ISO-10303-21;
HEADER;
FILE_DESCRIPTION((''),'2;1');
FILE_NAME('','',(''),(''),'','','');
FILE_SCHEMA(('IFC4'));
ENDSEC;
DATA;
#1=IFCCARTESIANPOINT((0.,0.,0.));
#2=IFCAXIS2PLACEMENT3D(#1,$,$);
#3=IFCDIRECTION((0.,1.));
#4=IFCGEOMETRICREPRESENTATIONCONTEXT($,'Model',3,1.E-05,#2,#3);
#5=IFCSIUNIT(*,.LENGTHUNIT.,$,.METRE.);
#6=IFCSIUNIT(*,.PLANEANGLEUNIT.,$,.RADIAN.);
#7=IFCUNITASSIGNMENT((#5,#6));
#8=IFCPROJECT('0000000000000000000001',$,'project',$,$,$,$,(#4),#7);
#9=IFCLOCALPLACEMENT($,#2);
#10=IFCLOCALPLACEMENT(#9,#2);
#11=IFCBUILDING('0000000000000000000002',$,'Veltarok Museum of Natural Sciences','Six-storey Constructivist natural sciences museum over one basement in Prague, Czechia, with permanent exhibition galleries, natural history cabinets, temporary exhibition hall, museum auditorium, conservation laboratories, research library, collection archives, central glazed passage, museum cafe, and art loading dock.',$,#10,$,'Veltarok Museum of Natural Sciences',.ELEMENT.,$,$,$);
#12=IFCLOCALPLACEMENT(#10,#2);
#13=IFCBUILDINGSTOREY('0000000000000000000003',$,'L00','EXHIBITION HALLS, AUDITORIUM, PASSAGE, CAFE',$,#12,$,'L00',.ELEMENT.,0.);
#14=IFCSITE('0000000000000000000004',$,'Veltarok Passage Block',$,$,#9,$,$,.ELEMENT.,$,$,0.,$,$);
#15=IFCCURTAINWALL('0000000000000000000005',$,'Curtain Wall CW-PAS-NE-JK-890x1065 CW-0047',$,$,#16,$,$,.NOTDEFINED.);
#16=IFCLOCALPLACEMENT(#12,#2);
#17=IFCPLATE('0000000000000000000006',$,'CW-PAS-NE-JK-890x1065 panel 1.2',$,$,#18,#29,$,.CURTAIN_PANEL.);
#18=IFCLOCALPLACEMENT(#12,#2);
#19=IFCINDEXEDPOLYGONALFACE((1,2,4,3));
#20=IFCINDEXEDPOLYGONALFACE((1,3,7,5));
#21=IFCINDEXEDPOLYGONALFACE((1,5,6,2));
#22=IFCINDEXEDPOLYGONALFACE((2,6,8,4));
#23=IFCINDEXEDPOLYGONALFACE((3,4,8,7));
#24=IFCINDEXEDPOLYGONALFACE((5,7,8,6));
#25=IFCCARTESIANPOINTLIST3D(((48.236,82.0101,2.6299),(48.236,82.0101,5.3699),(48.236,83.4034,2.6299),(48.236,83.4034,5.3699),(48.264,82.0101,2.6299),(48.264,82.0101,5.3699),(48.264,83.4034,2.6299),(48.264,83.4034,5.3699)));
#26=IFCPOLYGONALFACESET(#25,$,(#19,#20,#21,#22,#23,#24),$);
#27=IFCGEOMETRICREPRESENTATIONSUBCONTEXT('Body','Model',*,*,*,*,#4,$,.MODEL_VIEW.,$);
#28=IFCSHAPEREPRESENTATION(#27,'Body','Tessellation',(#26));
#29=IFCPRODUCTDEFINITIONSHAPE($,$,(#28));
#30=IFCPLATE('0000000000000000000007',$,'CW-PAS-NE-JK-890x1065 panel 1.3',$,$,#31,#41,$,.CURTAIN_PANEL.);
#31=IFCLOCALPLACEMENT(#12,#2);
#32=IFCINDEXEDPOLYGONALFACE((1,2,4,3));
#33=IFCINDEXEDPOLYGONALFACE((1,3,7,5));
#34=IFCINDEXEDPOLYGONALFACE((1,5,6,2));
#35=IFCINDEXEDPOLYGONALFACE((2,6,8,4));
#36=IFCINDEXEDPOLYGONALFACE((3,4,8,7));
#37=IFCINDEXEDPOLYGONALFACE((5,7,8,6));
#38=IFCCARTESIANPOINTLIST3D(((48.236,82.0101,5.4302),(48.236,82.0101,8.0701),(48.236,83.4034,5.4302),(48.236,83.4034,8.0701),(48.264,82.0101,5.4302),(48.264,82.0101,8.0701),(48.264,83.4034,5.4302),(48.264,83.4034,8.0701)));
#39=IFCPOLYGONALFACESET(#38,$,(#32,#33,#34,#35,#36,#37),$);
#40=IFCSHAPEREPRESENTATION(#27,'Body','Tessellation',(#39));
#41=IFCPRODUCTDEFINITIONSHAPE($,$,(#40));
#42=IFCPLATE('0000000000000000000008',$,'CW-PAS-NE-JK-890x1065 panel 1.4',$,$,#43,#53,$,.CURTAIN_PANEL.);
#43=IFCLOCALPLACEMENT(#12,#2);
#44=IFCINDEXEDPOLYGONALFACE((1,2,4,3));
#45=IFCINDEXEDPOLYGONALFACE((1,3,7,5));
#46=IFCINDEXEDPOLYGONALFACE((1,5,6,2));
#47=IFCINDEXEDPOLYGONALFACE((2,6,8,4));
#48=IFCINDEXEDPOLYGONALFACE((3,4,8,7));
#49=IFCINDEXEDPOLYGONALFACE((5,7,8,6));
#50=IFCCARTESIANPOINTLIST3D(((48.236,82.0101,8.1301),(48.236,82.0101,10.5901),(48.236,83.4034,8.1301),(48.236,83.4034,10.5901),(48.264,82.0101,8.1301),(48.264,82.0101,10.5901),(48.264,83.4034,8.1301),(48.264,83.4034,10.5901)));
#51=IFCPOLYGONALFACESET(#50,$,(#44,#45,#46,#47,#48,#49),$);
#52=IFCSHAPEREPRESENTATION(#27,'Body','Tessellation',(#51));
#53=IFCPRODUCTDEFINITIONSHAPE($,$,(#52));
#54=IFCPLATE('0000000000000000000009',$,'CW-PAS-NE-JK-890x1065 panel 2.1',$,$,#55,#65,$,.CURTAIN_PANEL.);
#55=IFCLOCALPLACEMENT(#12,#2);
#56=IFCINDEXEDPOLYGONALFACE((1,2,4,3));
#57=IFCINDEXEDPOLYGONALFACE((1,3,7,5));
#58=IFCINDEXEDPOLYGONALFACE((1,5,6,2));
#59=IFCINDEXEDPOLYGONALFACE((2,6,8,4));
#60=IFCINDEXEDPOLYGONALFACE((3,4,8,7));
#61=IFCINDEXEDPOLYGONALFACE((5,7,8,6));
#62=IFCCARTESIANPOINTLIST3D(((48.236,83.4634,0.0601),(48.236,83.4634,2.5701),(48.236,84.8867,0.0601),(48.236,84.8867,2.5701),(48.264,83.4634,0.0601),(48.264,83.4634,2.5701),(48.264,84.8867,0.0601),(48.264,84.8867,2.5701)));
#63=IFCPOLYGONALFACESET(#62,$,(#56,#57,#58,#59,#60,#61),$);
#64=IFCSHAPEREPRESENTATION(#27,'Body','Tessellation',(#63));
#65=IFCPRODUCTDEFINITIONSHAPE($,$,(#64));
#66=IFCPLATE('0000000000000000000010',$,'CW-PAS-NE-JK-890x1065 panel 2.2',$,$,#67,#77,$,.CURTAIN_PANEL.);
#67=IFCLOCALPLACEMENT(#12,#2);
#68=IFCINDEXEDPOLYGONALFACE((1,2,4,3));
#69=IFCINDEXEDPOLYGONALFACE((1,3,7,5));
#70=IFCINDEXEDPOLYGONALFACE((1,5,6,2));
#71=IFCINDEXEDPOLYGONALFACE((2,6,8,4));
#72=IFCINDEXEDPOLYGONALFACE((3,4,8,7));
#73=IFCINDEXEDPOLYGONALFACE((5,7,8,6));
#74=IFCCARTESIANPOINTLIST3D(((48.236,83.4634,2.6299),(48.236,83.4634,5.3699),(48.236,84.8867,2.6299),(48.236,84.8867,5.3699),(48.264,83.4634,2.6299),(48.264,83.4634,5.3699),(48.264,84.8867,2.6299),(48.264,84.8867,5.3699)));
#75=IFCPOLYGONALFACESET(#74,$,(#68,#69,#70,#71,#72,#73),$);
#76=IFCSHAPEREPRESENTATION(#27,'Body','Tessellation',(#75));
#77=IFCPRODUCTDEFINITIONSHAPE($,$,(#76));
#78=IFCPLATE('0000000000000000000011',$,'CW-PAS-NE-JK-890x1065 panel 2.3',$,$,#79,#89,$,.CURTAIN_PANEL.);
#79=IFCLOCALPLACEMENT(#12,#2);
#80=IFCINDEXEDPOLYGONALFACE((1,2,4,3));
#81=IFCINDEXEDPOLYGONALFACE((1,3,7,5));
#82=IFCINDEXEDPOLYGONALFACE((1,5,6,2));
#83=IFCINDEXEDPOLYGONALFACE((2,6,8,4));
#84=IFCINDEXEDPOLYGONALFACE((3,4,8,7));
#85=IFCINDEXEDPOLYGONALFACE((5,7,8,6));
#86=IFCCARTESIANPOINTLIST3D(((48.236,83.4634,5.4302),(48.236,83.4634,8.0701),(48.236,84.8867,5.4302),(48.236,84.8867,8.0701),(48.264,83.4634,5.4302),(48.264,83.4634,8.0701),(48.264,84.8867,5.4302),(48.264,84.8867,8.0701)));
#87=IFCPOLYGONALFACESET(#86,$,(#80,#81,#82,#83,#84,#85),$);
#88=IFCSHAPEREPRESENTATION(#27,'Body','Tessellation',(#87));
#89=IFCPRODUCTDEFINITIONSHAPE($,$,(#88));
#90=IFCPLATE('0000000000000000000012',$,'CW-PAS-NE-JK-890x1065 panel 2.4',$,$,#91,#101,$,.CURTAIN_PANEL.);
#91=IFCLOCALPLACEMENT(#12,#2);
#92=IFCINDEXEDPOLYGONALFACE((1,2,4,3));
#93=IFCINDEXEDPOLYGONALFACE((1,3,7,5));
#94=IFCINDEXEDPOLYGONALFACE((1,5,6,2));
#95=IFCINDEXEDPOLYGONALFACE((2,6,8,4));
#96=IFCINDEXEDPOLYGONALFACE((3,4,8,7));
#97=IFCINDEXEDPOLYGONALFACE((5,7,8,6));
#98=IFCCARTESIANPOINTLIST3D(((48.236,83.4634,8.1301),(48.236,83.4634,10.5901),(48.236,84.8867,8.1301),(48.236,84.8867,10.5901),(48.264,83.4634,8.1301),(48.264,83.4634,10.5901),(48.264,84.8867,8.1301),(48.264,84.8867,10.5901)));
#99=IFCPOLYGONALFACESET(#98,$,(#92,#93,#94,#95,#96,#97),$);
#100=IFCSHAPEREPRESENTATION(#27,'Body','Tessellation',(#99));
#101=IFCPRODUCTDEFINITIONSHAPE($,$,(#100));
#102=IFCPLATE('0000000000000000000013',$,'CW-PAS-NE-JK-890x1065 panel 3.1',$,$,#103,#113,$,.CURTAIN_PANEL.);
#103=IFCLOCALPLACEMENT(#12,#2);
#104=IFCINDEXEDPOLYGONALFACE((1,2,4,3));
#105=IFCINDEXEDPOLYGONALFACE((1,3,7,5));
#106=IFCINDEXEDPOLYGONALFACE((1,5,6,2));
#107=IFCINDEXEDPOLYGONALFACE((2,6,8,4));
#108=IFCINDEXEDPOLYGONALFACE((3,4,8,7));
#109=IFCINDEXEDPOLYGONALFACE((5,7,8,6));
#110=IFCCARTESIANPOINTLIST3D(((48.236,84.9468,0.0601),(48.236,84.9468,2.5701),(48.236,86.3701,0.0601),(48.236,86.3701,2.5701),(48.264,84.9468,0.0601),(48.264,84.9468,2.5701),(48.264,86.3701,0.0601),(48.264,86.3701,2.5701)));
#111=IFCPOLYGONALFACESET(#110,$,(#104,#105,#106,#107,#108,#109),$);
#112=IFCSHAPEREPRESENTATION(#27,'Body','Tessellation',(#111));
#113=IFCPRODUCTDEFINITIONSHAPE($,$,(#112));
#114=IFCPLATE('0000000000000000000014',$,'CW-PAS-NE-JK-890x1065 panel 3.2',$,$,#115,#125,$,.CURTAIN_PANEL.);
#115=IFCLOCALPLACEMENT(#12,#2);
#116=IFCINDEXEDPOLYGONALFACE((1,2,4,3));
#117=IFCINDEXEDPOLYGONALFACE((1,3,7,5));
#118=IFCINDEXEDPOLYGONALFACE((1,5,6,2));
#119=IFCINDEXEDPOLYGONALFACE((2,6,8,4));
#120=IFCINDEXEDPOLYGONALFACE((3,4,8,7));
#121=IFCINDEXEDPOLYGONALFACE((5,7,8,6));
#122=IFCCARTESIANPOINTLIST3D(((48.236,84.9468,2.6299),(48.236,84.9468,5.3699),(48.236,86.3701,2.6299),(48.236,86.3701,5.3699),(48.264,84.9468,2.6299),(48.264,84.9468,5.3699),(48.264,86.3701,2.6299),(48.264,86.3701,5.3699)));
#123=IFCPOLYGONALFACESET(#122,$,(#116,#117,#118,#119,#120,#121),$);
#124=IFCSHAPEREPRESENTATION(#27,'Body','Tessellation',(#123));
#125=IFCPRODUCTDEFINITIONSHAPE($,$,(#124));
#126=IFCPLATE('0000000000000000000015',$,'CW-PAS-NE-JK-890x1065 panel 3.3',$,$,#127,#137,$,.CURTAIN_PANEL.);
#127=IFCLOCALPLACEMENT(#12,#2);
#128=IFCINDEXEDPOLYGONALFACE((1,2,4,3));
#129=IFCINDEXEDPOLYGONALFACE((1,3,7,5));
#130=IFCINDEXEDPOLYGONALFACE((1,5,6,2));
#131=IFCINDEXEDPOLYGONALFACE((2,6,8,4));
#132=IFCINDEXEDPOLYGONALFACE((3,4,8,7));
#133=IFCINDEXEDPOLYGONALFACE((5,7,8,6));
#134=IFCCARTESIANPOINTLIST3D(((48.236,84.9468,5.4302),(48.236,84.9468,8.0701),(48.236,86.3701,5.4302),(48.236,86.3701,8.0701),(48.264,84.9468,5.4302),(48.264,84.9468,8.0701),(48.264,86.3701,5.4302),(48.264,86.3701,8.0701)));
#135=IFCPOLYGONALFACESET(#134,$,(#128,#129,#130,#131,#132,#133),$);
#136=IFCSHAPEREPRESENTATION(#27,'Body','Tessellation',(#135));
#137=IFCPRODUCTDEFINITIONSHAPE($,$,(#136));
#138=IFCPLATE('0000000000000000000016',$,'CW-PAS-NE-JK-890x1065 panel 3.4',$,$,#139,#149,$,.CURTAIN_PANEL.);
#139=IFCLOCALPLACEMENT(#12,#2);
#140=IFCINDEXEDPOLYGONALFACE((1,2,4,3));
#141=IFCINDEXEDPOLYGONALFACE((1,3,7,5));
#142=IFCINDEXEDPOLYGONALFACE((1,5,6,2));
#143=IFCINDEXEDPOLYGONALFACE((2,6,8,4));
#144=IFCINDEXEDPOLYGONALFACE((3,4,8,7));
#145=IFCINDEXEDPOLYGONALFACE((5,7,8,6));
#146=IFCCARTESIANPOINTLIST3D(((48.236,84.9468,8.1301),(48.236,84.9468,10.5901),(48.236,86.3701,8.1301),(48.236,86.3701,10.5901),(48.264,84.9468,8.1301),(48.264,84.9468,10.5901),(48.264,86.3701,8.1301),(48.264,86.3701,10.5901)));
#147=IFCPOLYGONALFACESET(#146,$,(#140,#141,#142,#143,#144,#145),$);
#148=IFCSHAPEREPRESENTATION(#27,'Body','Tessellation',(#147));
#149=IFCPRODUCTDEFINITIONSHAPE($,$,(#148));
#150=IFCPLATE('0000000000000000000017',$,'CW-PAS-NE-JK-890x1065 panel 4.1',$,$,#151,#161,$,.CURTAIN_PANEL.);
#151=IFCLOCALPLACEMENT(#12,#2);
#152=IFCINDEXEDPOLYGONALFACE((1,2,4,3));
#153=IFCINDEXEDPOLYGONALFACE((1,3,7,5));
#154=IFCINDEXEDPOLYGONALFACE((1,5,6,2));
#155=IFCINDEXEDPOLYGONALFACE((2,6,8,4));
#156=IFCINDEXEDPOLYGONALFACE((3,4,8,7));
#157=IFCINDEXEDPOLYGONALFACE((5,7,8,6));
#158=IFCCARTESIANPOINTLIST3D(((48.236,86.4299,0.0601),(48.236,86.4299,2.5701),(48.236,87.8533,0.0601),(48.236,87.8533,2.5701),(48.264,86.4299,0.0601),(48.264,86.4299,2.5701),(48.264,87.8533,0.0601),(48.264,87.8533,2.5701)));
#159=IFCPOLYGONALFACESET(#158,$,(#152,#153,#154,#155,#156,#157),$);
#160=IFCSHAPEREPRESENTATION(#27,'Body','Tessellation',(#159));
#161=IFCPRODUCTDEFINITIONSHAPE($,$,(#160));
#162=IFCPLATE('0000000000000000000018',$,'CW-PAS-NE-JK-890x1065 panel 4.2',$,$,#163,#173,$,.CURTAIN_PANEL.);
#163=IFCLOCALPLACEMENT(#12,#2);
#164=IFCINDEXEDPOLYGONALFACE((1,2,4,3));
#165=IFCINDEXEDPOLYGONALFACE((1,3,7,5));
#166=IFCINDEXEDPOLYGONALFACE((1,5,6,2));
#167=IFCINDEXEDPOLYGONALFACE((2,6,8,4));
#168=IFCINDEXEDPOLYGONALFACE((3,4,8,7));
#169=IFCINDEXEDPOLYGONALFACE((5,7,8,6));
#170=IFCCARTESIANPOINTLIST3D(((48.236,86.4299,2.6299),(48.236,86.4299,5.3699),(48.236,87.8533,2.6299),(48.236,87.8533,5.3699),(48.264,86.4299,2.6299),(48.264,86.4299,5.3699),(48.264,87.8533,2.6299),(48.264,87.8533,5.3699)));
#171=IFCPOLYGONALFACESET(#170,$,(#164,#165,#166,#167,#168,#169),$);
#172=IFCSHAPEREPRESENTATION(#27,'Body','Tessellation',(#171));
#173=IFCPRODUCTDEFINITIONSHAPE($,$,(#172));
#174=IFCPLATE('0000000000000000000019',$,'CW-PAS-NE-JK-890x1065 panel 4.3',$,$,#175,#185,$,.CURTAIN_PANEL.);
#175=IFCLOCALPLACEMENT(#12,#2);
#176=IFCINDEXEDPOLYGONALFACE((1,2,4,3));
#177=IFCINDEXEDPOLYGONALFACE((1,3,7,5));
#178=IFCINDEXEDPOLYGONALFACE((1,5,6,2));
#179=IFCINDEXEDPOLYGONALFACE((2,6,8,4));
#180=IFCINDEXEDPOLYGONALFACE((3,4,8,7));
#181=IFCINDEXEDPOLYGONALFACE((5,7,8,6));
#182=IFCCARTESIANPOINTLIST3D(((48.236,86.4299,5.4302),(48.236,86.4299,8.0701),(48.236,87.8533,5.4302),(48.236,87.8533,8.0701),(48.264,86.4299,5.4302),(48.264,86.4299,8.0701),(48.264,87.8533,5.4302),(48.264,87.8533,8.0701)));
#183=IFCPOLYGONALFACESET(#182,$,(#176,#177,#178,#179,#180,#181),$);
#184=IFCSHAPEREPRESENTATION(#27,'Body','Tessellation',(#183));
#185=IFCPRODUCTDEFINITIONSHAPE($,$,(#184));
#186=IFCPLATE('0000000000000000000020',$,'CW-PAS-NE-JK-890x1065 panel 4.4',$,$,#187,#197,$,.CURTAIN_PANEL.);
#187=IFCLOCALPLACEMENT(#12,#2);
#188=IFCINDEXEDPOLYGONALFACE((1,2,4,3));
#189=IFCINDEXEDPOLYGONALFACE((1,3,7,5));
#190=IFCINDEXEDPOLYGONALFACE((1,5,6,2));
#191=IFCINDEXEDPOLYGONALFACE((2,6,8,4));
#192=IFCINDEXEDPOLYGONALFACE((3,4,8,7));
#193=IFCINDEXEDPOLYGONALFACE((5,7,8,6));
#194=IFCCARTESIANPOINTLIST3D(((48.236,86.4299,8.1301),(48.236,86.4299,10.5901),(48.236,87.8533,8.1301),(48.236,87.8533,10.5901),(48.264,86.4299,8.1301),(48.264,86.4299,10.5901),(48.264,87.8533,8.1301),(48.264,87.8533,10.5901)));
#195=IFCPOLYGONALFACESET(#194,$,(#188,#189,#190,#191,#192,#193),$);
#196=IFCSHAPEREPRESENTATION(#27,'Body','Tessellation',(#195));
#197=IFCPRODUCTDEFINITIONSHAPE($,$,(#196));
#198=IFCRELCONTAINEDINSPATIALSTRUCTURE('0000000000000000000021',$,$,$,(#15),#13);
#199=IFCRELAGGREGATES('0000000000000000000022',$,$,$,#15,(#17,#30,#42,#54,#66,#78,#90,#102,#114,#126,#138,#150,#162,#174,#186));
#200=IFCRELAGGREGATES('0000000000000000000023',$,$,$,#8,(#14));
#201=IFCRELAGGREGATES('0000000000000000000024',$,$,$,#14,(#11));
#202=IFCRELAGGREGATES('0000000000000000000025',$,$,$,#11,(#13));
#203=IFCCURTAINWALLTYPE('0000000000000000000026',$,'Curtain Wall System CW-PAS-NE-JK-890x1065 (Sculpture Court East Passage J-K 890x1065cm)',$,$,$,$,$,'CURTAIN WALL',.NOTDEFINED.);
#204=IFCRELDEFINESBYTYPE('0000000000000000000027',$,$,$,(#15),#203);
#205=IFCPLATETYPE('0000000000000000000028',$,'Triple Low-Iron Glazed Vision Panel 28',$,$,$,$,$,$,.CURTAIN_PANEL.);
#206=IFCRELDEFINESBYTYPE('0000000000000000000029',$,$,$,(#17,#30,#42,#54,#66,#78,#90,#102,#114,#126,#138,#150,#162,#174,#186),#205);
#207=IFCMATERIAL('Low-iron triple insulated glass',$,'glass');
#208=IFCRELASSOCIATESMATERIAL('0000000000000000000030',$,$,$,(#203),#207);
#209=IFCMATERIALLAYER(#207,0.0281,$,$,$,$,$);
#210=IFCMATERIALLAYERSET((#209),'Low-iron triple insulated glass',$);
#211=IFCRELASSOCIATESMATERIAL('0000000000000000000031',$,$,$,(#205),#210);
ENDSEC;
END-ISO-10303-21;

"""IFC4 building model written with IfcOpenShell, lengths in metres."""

from ifc_helpers import new_model, si_unit, direction, frame, origin, origin_2d, place, context, subcontext, project, spatial, rectangle, extrude, material, layer, layer_set, type_object, element, aggregate, save


model = new_model("IFC4")

# Units and contexts
model_context = context("Model", 3, precision=1e-05, world=origin(), true_north=direction((0.0, 1.0)))
body_context = subcontext(model_context, "Body", "Model", "MODEL_VIEW")
ifc_project = project(units=[si_unit("LENGTHUNIT", "METRE"), si_unit("PLANEANGLEUNIT", "RADIAN")], contexts=[model_context])

# Site, building, storey
site_placement = place(None, origin())
site = spatial("IfcSite", under=ifc_project, at=site_placement, Name="Veltarok Passage Block", CompositionType="ELEMENT", RefElevation=0.0)
building_placement = place(site_placement, origin())
building = spatial("IfcBuilding", under=site, at=building_placement, Name="Veltarok Museum of Natural Sciences", Description="Six-storey Constructivist natural sciences museum over one basement in Prague, Czechia, with permanent exhibition galleries, natural history cabinets, temporary exhibition hall, museum auditorium, conservation laboratories, research library, collection archives, central glazed passage, museum cafe, and art loading dock.", LongName="Veltarok Museum of Natural Sciences", CompositionType="ELEMENT")
storey_placement = place(building_placement, origin())
storey = spatial("IfcBuildingStorey", under=building, at=storey_placement, Name="L00", Description="EXHIBITION HALLS, AUDITORIUM, PASSAGE, CAFE", LongName="L00", CompositionType="ELEMENT", Elevation=0.0)

# Curtain wall, plates
ifc_material_1 = material(Name="Low-iron triple insulated glass", Category="glass")
curtain_wall_type = type_object("IfcCurtainWallType", Name="Curtain Wall System CW-PAS-NE-JK-890x1065 (Sculpture Court East Passage J-K 890x1065cm)", ElementType="CURTAIN WALL", PredefinedType="NOTDEFINED", material=ifc_material_1)
curtain_wall_placement = place(storey_placement, origin())
curtain_wall = element("IfcCurtainWall", 1, at=curtain_wall_placement, inside=storey, type_object=curtain_wall_type, Name="Curtain Wall CW-PAS-NE-JK-890x1065 CW-0047", PredefinedType="NOTDEFINED")
ifc_layer = layer(ifc_material_1, 0.0281)
ifc_layer_set = layer_set([ifc_layer], Name="Low-iron triple insulated glass")
plate_type = type_object("IfcPlateType", Name="Triple Low-Iron Glazed Vision Panel 28", PredefinedType="CURTAIN_PANEL", material=ifc_layer_set)
plate_1_placement = place(storey_placement, frame((48.25, 82.7068, 2.6299), z_axis=(0.0, 0.0, 1.0), x_axis=(0.0, 1.0, 0.0)))
plate_1 = element("IfcPlate", 2, at=plate_1_placement, type_object=plate_type, Name="CW-PAS-NE-JK-890x1065 panel 1.2", PredefinedType="CURTAIN_PANEL", context=body_context, shape_type="SweptSolid", body=[
    extrude(rectangle(XDim=1.3933, YDim=0.0281, at=origin_2d()), origin(), (0.0, 0.0, 1.0), 2.74),
])
plate_2_placement = place(storey_placement, frame((48.25, 82.7068, 5.4302), z_axis=(0.0, 0.0, 1.0), x_axis=(0.0, 1.0, 0.0)))
plate_2 = element("IfcPlate", 3, at=plate_2_placement, type_object=plate_type, Name="CW-PAS-NE-JK-890x1065 panel 1.3", PredefinedType="CURTAIN_PANEL", context=body_context, shape_type="SweptSolid", body=[
    extrude(rectangle(XDim=1.3933, YDim=0.0281, at=origin_2d()), origin(), (0.0, 0.0, 1.0), 2.6399),
])
plate_3_placement = place(storey_placement, frame((48.25, 82.7068, 8.1301), z_axis=(0.0, 0.0, 1.0), x_axis=(0.0, 1.0, 0.0)))
plate_3 = element("IfcPlate", 4, at=plate_3_placement, type_object=plate_type, Name="CW-PAS-NE-JK-890x1065 panel 1.4", PredefinedType="CURTAIN_PANEL", context=body_context, shape_type="SweptSolid", body=[
    extrude(rectangle(XDim=1.3933, YDim=0.0281, at=origin_2d()), origin(), (0.0, 0.0, 1.0), 2.46),
])
plate_4_placement = place(storey_placement, frame((48.25, 84.175, 0.0601), z_axis=(0.0, 0.0, 1.0), x_axis=(0.0, 1.0, 0.0)))
plate_4 = element("IfcPlate", 5, at=plate_4_placement, type_object=plate_type, Name="CW-PAS-NE-JK-890x1065 panel 2.1", PredefinedType="CURTAIN_PANEL", context=body_context, shape_type="SweptSolid", body=[
    extrude(rectangle(XDim=1.4233, YDim=0.0281, at=origin_2d()), origin(), (0.0, 0.0, 1.0), 2.51),
])
plate_5_placement = place(storey_placement, frame((48.25, 84.175, 2.6299), z_axis=(0.0, 0.0, 1.0), x_axis=(0.0, 1.0, 0.0)))
plate_5 = element("IfcPlate", 6, at=plate_5_placement, type_object=plate_type, Name="CW-PAS-NE-JK-890x1065 panel 2.2", PredefinedType="CURTAIN_PANEL", context=body_context, shape_type="SweptSolid", body=[
    extrude(rectangle(XDim=1.4233, YDim=0.0281, at=origin_2d()), origin(), (0.0, 0.0, 1.0), 2.74),
])
plate_6_placement = place(storey_placement, frame((48.25, 84.175, 5.4302), z_axis=(0.0, 0.0, 1.0), x_axis=(0.0, 1.0, 0.0)))
plate_6 = element("IfcPlate", 7, at=plate_6_placement, type_object=plate_type, Name="CW-PAS-NE-JK-890x1065 panel 2.3", PredefinedType="CURTAIN_PANEL", context=body_context, shape_type="SweptSolid", body=[
    extrude(rectangle(XDim=1.4233, YDim=0.0281, at=origin_2d()), origin(), (0.0, 0.0, 1.0), 2.6399),
])
plate_7_placement = place(storey_placement, frame((48.25, 84.175, 8.1301), z_axis=(0.0, 0.0, 1.0), x_axis=(0.0, 1.0, 0.0)))
plate_7 = element("IfcPlate", 8, at=plate_7_placement, type_object=plate_type, Name="CW-PAS-NE-JK-890x1065 panel 2.4", PredefinedType="CURTAIN_PANEL", context=body_context, shape_type="SweptSolid", body=[
    extrude(rectangle(XDim=1.4233, YDim=0.0281, at=origin_2d()), origin(), (0.0, 0.0, 1.0), 2.46),
])
plate_8_placement = place(storey_placement, frame((48.25, 85.6584, 0.0601), z_axis=(0.0, 0.0, 1.0), x_axis=(0.0, 1.0, 0.0)))
plate_8 = element("IfcPlate", 9, at=plate_8_placement, type_object=plate_type, Name="CW-PAS-NE-JK-890x1065 panel 3.1", PredefinedType="CURTAIN_PANEL", context=body_context, shape_type="SweptSolid", body=[
    extrude(rectangle(XDim=1.4233, YDim=0.0281, at=origin_2d()), origin(), (0.0, 0.0, 1.0), 2.51),
])
plate_9_placement = place(storey_placement, frame((48.25, 85.6584, 2.6299), z_axis=(0.0, 0.0, 1.0), x_axis=(0.0, 1.0, 0.0)))
plate_9 = element("IfcPlate", 10, at=plate_9_placement, type_object=plate_type, Name="CW-PAS-NE-JK-890x1065 panel 3.2", PredefinedType="CURTAIN_PANEL", context=body_context, shape_type="SweptSolid", body=[
    extrude(rectangle(XDim=1.4233, YDim=0.0281, at=origin_2d()), origin(), (0.0, 0.0, 1.0), 2.74),
])
plate_10_placement = place(storey_placement, frame((48.25, 85.6584, 5.4302), z_axis=(0.0, 0.0, 1.0), x_axis=(0.0, 1.0, 0.0)))
plate_10 = element("IfcPlate", 11, at=plate_10_placement, type_object=plate_type, Name="CW-PAS-NE-JK-890x1065 panel 3.3", PredefinedType="CURTAIN_PANEL", context=body_context, shape_type="SweptSolid", body=[
    extrude(rectangle(XDim=1.4233, YDim=0.0281, at=origin_2d()), origin(), (0.0, 0.0, 1.0), 2.6399),
])
plate_11_placement = place(storey_placement, frame((48.25, 85.6584, 8.1301), z_axis=(0.0, 0.0, 1.0), x_axis=(0.0, 1.0, 0.0)))
plate_11 = element("IfcPlate", 12, at=plate_11_placement, type_object=plate_type, Name="CW-PAS-NE-JK-890x1065 panel 3.4", PredefinedType="CURTAIN_PANEL", context=body_context, shape_type="SweptSolid", body=[
    extrude(rectangle(XDim=1.4233, YDim=0.0281, at=origin_2d()), origin(), (0.0, 0.0, 1.0), 2.46),
])
plate_12_placement = place(storey_placement, frame((48.25, 87.1416, 0.0601), z_axis=(0.0, 0.0, 1.0), x_axis=(0.0, 1.0, 0.0)))
plate_12 = element("IfcPlate", 13, at=plate_12_placement, type_object=plate_type, Name="CW-PAS-NE-JK-890x1065 panel 4.1", PredefinedType="CURTAIN_PANEL", context=body_context, shape_type="SweptSolid", body=[
    extrude(rectangle(XDim=1.4233, YDim=0.0281, at=origin_2d()), origin(), (0.0, 0.0, 1.0), 2.51),
])
plate_13_placement = place(storey_placement, frame((48.25, 87.1416, 2.6299), z_axis=(0.0, 0.0, 1.0), x_axis=(0.0, 1.0, 0.0)))
plate_13 = element("IfcPlate", 14, at=plate_13_placement, type_object=plate_type, Name="CW-PAS-NE-JK-890x1065 panel 4.2", PredefinedType="CURTAIN_PANEL", context=body_context, shape_type="SweptSolid", body=[
    extrude(rectangle(XDim=1.4233, YDim=0.0281, at=origin_2d()), origin(), (0.0, 0.0, 1.0), 2.74),
])
plate_14_placement = place(storey_placement, frame((48.25, 87.1416, 5.4302), z_axis=(0.0, 0.0, 1.0), x_axis=(0.0, 1.0, 0.0)))
plate_14 = element("IfcPlate", 15, at=plate_14_placement, type_object=plate_type, Name="CW-PAS-NE-JK-890x1065 panel 4.3", PredefinedType="CURTAIN_PANEL", context=body_context, shape_type="SweptSolid", body=[
    extrude(rectangle(XDim=1.4233, YDim=0.0281, at=origin_2d()), origin(), (0.0, 0.0, 1.0), 2.6399),
])
plate_15_placement = place(storey_placement, frame((48.25, 87.1416, 8.1301), z_axis=(0.0, 0.0, 1.0), x_axis=(0.0, 1.0, 0.0)))
plate_15 = element("IfcPlate", 16, at=plate_15_placement, type_object=plate_type, Name="CW-PAS-NE-JK-890x1065 panel 4.4", PredefinedType="CURTAIN_PANEL", context=body_context, shape_type="SweptSolid", body=[
    extrude(rectangle(XDim=1.4233, YDim=0.0281, at=origin_2d()), origin(), (0.0, 0.0, 1.0), 2.46),
])
aggregate(curtain_wall, [plate_1, plate_2, plate_3, plate_4, plate_5, plate_6, plate_7, plate_8, plate_9, plate_10, plate_11, plate_12, plate_13, plate_14, plate_15])

save(model, "model.ifc")
